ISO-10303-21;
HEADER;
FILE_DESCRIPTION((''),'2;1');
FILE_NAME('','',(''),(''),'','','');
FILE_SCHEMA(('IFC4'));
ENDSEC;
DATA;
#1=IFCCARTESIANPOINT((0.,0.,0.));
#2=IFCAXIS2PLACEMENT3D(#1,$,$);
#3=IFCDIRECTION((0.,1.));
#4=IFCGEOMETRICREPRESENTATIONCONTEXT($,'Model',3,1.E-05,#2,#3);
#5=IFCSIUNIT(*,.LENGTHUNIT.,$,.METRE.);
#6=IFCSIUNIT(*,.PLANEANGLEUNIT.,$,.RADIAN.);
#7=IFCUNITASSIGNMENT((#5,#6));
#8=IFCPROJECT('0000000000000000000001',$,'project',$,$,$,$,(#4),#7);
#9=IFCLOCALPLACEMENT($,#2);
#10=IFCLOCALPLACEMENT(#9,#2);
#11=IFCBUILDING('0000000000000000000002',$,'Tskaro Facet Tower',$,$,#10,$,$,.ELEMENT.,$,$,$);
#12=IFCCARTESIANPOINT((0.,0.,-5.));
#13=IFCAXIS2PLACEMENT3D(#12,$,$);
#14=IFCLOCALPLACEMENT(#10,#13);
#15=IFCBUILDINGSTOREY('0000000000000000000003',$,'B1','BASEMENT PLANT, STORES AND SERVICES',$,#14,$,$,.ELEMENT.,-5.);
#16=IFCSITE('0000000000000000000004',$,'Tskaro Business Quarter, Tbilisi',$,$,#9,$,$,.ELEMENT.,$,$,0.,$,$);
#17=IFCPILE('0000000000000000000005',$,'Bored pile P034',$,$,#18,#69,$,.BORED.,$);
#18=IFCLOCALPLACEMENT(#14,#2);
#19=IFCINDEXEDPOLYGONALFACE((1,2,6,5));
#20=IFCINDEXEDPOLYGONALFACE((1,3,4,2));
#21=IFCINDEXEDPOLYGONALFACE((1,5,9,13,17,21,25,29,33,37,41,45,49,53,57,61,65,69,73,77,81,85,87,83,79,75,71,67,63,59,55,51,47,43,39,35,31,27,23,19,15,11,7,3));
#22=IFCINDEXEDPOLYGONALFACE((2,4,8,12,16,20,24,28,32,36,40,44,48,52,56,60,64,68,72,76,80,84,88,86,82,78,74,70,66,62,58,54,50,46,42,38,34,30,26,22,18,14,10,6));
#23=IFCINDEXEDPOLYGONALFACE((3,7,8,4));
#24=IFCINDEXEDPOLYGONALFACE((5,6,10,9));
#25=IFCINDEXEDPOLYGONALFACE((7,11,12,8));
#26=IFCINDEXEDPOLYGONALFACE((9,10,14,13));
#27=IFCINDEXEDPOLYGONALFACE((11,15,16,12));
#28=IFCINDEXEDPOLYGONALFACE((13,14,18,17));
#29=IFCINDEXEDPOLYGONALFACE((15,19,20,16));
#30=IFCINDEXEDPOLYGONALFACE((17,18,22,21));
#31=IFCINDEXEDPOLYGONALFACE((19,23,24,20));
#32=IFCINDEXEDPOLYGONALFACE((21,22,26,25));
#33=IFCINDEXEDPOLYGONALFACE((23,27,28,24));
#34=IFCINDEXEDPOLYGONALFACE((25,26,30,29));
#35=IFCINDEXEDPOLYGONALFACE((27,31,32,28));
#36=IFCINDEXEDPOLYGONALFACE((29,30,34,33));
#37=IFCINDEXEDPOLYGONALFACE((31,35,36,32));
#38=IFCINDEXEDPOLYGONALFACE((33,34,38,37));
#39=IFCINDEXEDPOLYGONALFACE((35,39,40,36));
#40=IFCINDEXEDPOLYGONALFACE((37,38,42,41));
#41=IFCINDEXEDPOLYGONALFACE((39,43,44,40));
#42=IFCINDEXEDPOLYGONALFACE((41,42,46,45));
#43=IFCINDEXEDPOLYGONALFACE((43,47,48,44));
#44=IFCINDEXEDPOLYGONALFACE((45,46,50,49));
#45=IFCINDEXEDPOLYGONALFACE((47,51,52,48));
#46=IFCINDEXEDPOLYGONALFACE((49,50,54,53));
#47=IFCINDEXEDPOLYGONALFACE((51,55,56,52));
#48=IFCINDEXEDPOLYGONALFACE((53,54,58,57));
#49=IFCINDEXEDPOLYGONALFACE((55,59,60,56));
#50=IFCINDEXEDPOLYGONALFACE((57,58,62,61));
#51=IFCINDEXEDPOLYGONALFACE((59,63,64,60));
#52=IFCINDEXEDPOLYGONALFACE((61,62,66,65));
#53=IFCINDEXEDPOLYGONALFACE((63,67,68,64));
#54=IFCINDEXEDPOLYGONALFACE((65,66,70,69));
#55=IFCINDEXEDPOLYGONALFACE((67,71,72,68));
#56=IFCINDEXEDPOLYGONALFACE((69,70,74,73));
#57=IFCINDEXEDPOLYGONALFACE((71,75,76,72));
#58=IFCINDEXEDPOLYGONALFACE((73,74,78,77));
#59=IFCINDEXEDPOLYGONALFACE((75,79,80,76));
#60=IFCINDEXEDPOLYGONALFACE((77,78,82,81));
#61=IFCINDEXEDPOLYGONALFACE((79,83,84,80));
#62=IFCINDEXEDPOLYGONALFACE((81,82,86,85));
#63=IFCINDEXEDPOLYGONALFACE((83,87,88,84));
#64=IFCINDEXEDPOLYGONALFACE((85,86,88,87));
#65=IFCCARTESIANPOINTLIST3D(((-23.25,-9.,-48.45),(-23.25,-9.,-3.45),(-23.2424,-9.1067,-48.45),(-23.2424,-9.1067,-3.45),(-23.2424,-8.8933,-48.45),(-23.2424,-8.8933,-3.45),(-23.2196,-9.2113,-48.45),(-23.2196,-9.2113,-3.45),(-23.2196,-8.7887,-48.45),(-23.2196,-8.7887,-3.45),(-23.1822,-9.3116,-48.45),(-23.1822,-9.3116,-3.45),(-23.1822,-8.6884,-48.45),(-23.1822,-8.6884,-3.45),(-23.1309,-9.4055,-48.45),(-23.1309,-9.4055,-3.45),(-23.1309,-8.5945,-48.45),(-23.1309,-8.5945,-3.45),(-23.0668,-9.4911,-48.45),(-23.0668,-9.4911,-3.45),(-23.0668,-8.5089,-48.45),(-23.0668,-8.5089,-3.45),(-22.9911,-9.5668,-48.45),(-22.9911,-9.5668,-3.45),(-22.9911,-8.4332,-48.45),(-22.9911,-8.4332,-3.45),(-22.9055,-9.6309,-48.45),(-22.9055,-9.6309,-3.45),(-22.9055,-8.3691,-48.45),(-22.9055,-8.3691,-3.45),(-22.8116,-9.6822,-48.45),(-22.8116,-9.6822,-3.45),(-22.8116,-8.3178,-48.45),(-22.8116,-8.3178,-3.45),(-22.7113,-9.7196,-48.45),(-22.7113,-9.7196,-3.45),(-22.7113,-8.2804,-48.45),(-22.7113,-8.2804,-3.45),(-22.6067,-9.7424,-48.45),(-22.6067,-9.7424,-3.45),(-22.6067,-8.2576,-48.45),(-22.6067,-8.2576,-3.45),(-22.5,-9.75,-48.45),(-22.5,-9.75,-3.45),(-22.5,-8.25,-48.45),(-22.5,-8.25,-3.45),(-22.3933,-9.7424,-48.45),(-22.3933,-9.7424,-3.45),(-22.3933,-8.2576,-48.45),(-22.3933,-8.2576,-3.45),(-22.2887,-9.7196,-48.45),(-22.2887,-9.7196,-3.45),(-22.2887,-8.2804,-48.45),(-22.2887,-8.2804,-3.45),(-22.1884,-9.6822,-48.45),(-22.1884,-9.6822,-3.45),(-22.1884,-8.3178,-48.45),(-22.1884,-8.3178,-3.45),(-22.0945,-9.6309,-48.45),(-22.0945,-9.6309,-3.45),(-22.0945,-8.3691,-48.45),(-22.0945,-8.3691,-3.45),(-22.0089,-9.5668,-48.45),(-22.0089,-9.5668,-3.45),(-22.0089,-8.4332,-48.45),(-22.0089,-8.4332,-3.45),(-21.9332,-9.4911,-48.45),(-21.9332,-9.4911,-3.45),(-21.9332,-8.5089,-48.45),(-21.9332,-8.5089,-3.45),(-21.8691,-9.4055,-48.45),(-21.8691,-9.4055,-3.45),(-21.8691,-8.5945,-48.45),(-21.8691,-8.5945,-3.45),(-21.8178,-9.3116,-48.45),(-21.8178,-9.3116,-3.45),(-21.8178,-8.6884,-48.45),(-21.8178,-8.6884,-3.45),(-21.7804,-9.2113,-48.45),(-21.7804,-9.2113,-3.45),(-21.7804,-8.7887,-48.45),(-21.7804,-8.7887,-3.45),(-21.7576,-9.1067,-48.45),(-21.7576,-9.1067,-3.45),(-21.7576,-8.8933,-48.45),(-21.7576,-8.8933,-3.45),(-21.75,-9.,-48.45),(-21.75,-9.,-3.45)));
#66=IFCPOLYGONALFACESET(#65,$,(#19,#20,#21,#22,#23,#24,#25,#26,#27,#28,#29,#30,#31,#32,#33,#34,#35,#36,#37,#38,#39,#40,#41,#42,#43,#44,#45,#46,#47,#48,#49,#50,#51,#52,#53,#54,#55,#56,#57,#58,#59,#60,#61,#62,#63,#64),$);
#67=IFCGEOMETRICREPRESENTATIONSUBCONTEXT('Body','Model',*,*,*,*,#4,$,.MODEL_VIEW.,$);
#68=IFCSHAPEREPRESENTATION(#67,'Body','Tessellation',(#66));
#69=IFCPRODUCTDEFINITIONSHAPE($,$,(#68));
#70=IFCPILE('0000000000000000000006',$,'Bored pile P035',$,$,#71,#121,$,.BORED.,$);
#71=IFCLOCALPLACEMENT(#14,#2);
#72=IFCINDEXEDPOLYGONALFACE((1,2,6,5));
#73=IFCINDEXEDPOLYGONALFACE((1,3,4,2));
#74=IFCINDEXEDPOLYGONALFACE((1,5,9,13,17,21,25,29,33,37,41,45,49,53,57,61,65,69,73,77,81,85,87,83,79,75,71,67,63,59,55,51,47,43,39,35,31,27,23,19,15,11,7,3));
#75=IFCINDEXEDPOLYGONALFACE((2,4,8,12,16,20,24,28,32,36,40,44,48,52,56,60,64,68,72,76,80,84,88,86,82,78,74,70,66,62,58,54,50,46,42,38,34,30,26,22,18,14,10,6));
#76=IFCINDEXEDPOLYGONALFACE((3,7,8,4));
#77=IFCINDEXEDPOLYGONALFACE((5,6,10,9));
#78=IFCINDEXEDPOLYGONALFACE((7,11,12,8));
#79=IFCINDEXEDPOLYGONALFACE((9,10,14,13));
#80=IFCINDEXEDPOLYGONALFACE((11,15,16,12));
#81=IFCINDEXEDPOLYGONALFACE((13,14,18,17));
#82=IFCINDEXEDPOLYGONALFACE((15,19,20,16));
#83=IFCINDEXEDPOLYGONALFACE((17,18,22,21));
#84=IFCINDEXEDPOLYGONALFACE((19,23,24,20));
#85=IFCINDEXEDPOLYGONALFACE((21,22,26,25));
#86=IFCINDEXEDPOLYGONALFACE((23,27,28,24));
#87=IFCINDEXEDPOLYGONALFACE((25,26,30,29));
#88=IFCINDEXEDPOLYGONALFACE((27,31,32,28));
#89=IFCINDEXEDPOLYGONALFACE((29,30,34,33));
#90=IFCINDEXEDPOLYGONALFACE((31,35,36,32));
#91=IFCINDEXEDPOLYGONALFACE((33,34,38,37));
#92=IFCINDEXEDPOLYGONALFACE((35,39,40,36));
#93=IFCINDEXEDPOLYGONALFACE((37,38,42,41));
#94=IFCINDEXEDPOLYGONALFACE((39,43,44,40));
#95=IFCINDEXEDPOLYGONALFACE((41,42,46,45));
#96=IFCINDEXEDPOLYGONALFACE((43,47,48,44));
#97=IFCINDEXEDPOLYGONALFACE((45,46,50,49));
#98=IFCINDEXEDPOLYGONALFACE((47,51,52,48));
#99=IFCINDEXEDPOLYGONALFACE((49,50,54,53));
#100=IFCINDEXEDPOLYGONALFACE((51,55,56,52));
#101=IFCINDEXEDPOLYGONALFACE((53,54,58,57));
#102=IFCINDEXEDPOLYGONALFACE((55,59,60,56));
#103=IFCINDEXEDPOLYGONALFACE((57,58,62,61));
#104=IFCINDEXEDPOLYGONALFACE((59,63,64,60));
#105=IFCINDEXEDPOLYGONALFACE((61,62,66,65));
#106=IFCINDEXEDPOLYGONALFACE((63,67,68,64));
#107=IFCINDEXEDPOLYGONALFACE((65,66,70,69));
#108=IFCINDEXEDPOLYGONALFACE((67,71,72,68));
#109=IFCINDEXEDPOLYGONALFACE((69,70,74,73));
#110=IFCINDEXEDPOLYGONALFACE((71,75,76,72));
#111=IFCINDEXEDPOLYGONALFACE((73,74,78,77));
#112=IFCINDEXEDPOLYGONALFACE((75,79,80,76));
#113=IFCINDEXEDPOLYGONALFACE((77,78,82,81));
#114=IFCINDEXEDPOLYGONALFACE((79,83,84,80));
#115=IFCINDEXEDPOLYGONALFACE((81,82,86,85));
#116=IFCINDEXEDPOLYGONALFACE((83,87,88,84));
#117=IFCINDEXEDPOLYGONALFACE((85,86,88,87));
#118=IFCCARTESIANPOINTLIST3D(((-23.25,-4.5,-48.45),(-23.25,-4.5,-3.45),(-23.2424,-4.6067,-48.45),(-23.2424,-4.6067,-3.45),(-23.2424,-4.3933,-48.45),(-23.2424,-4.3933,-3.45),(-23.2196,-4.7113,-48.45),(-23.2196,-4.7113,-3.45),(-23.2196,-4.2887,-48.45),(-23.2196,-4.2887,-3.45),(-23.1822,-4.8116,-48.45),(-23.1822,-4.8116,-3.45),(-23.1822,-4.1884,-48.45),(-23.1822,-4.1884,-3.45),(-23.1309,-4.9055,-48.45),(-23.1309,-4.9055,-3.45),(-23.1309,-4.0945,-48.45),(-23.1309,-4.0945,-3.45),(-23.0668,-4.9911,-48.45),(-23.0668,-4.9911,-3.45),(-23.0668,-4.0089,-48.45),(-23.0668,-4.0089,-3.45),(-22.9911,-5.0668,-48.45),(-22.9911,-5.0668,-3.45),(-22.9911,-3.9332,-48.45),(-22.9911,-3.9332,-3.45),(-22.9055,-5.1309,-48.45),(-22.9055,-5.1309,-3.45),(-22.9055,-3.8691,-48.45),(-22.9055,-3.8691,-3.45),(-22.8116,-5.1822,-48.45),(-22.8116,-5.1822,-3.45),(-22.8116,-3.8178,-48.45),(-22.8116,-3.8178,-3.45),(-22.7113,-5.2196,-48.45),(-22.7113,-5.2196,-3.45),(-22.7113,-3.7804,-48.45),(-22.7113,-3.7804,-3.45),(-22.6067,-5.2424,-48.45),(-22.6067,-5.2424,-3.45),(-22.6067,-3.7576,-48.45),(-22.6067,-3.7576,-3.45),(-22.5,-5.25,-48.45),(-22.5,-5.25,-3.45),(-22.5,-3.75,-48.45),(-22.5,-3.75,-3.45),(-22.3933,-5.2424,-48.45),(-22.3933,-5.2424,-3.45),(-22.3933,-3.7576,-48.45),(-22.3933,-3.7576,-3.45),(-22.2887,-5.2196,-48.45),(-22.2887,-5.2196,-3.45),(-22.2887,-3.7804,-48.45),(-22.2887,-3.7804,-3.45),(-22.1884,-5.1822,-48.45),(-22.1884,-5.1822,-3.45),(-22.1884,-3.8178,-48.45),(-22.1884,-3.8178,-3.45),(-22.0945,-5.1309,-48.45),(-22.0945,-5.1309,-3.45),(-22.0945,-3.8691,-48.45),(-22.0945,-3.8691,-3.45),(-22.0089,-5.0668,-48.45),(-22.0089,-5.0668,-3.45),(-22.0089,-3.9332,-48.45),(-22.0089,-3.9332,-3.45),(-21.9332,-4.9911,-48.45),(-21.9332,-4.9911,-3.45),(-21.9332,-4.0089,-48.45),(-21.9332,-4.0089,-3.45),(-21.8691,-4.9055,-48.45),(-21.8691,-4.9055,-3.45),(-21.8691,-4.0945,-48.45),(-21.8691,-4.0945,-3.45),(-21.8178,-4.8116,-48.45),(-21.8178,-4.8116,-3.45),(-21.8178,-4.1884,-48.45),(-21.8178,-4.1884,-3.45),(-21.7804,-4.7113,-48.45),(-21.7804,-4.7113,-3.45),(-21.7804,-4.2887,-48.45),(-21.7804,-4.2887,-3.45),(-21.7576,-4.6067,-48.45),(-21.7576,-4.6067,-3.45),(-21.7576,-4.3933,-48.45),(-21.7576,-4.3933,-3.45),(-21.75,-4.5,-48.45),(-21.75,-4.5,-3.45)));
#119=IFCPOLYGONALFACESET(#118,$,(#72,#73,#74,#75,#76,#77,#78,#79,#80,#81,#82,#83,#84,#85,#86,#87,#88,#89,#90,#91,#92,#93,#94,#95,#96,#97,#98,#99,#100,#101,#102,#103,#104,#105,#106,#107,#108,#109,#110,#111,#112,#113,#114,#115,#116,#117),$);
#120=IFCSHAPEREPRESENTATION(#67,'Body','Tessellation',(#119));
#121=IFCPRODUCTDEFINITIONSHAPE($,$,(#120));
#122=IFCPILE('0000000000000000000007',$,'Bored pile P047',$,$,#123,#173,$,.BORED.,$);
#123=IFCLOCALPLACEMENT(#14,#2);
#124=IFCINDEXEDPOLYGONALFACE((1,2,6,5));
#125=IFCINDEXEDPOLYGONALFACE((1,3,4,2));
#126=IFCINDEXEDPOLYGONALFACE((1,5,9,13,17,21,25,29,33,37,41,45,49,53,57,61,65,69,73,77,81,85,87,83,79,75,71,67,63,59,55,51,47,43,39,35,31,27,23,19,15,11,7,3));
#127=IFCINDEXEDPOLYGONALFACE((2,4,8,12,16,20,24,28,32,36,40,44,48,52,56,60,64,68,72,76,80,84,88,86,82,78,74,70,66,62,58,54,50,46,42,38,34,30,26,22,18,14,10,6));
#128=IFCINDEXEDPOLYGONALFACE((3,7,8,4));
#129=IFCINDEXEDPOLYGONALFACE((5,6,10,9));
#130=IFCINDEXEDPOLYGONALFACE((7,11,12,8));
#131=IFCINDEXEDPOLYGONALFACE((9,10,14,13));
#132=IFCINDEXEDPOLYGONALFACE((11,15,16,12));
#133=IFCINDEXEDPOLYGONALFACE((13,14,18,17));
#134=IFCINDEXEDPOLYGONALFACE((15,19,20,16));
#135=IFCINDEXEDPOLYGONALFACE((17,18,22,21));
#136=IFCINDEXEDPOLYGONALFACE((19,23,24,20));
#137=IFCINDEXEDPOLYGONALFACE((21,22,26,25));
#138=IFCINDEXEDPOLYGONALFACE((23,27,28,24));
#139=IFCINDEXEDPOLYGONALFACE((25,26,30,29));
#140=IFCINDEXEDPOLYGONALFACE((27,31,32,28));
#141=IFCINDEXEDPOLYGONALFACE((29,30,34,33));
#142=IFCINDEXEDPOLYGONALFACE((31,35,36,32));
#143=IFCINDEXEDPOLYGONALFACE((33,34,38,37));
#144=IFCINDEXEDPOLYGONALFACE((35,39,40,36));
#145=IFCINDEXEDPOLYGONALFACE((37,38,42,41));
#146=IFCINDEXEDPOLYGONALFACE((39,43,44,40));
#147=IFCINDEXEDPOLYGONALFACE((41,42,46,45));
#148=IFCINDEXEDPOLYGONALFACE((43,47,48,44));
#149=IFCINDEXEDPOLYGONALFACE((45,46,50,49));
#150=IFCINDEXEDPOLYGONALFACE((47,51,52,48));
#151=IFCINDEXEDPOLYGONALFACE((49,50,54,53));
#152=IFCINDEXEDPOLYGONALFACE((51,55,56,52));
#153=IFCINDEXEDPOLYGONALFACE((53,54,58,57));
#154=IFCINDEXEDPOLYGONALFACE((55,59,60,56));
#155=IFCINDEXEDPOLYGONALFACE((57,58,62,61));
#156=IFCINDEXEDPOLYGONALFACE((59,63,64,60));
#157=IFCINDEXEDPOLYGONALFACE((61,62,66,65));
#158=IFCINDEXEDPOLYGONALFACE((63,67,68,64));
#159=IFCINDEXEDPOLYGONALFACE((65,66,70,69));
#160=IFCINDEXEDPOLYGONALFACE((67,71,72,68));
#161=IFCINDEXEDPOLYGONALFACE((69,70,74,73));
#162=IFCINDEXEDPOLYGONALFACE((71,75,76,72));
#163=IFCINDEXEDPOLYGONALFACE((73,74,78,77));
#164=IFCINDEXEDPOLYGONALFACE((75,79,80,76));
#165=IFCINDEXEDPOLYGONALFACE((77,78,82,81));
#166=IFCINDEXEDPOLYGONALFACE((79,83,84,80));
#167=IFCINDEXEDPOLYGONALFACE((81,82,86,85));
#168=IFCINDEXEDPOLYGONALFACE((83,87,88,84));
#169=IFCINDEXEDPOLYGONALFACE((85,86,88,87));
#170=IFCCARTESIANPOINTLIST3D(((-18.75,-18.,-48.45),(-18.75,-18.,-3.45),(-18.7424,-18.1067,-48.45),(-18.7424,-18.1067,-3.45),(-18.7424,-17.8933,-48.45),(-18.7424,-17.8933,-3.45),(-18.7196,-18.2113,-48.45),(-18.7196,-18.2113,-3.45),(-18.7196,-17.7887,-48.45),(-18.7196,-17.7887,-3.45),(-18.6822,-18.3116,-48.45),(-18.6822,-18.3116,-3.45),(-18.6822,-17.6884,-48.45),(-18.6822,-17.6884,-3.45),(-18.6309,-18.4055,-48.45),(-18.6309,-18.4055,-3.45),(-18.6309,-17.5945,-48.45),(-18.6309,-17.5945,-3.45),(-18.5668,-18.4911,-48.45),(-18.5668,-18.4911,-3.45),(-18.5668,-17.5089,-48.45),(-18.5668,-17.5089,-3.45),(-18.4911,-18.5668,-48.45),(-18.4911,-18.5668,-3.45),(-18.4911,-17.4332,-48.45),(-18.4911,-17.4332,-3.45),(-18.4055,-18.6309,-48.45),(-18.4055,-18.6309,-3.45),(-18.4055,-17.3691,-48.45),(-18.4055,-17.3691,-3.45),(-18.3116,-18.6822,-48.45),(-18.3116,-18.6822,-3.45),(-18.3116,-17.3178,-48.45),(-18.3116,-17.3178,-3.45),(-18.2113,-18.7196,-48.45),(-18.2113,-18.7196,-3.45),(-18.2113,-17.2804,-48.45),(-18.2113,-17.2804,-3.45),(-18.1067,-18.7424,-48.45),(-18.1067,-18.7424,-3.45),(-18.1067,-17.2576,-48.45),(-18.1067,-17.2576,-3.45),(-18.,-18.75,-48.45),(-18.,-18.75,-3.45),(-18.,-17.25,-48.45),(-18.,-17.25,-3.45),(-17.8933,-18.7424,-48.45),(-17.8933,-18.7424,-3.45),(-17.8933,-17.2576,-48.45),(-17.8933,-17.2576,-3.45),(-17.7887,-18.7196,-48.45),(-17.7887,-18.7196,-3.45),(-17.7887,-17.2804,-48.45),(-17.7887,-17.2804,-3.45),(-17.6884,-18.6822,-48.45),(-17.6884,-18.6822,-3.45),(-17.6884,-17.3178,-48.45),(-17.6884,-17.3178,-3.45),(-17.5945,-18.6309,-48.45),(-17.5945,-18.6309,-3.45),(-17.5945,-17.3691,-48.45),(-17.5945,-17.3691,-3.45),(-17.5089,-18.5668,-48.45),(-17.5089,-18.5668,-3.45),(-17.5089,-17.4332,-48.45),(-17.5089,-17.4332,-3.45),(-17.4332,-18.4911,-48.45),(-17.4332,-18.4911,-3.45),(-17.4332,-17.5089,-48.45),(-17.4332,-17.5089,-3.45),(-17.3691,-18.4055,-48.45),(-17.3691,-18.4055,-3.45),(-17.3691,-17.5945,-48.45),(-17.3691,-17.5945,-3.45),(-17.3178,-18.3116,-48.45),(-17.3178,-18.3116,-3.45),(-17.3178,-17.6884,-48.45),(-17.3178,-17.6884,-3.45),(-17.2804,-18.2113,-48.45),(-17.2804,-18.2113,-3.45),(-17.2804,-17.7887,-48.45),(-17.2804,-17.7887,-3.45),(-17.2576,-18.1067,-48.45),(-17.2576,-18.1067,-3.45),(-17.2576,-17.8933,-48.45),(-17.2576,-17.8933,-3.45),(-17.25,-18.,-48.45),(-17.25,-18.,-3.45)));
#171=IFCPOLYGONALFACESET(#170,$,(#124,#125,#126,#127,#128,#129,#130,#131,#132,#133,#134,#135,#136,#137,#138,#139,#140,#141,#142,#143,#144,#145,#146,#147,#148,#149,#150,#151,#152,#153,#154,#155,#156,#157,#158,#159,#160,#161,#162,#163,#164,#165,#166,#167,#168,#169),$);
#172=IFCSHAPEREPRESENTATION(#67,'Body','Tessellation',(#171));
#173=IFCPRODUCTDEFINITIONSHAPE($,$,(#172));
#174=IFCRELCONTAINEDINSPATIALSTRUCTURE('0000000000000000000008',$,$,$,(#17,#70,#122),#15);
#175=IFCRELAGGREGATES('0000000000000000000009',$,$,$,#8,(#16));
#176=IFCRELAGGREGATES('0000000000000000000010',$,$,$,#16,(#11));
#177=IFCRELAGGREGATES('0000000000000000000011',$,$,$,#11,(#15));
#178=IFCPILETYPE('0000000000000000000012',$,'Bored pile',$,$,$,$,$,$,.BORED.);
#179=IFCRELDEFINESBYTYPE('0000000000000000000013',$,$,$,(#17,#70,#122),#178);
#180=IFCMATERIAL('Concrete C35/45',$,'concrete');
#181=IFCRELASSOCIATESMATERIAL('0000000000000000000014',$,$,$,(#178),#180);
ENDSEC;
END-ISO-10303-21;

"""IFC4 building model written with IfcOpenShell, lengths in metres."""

from ifc_helpers import new_model, si_unit, direction, frame, origin, origin_2d, place, context, subcontext, project, spatial, circle, extrude, material, material_profile, profile_set, type_object, element, save


model = new_model("IFC4")

# Units and contexts
model_context = context("Model", 3, precision=1e-05, world=origin(), true_north=direction((0.0, 1.0)))
body_context = subcontext(model_context, "Body", "Model", "MODEL_VIEW")
ifc_project = project(units=[si_unit("LENGTHUNIT", "METRE"), si_unit("PLANEANGLEUNIT", "RADIAN")], contexts=[model_context])

# Site, building, storey
site_placement = place(None, origin())
site = spatial("IfcSite", under=ifc_project, at=site_placement, Name="Tskaro Business Quarter, Tbilisi", CompositionType="ELEMENT", RefElevation=0.0)
building_placement = place(site_placement, origin())
building = spatial("IfcBuilding", under=site, at=building_placement, Name="Tskaro Facet Tower", CompositionType="ELEMENT")
storey_placement = place(building_placement, frame((0.0, 0.0, -5.0)))
storey = spatial("IfcBuildingStorey", under=building, at=storey_placement, Name="B1", Description="BASEMENT PLANT, STORES AND SERVICES", CompositionType="ELEMENT", Elevation=-5.0)

# Piles
ifc_material_1 = material(Name="Concrete C35/45", Category="concrete")
ifc_material_profile_1 = material_profile(ifc_material_1, circle(Radius=0.75, at=origin_2d()), Name="Bored pile")
ifc_profile_set_1 = profile_set([ifc_material_profile_1], Name="Concrete C35/45")
pile_type = type_object("IfcPileType", Name="Bored pile", PredefinedType="BORED", material=ifc_profile_set_1)
for number, where, z_axis, x_axis, name in (
    (1, (-22.5, -9.0, -3.45), (0.0, 0.0, -1.0), (1.0, 0.0, 0.0), "Bored pile P034"),
    (2, (-22.5, -4.5, -3.45), (0.0, 0.0, -1.0), (1.0, 0.0, 0.0), "Bored pile P035"),
    (3, (-18.0, -18.0, -3.45), (0.0, 0.0, -1.0), (1.0, 0.0, 0.0), "Bored pile P047"),
):
    element("IfcPile", number, at=place(storey_placement, frame(where, z_axis=z_axis, x_axis=x_axis)), inside=storey, type_object=pile_type, Name=name, PredefinedType="BORED", context=body_context, shape_type="SweptSolid", body=[
        extrude(circle(Radius=0.75, at=origin_2d()), origin(), (0.0, 0.0, 1.0), 45.0),
    ])

save(model, "model.ifc")
